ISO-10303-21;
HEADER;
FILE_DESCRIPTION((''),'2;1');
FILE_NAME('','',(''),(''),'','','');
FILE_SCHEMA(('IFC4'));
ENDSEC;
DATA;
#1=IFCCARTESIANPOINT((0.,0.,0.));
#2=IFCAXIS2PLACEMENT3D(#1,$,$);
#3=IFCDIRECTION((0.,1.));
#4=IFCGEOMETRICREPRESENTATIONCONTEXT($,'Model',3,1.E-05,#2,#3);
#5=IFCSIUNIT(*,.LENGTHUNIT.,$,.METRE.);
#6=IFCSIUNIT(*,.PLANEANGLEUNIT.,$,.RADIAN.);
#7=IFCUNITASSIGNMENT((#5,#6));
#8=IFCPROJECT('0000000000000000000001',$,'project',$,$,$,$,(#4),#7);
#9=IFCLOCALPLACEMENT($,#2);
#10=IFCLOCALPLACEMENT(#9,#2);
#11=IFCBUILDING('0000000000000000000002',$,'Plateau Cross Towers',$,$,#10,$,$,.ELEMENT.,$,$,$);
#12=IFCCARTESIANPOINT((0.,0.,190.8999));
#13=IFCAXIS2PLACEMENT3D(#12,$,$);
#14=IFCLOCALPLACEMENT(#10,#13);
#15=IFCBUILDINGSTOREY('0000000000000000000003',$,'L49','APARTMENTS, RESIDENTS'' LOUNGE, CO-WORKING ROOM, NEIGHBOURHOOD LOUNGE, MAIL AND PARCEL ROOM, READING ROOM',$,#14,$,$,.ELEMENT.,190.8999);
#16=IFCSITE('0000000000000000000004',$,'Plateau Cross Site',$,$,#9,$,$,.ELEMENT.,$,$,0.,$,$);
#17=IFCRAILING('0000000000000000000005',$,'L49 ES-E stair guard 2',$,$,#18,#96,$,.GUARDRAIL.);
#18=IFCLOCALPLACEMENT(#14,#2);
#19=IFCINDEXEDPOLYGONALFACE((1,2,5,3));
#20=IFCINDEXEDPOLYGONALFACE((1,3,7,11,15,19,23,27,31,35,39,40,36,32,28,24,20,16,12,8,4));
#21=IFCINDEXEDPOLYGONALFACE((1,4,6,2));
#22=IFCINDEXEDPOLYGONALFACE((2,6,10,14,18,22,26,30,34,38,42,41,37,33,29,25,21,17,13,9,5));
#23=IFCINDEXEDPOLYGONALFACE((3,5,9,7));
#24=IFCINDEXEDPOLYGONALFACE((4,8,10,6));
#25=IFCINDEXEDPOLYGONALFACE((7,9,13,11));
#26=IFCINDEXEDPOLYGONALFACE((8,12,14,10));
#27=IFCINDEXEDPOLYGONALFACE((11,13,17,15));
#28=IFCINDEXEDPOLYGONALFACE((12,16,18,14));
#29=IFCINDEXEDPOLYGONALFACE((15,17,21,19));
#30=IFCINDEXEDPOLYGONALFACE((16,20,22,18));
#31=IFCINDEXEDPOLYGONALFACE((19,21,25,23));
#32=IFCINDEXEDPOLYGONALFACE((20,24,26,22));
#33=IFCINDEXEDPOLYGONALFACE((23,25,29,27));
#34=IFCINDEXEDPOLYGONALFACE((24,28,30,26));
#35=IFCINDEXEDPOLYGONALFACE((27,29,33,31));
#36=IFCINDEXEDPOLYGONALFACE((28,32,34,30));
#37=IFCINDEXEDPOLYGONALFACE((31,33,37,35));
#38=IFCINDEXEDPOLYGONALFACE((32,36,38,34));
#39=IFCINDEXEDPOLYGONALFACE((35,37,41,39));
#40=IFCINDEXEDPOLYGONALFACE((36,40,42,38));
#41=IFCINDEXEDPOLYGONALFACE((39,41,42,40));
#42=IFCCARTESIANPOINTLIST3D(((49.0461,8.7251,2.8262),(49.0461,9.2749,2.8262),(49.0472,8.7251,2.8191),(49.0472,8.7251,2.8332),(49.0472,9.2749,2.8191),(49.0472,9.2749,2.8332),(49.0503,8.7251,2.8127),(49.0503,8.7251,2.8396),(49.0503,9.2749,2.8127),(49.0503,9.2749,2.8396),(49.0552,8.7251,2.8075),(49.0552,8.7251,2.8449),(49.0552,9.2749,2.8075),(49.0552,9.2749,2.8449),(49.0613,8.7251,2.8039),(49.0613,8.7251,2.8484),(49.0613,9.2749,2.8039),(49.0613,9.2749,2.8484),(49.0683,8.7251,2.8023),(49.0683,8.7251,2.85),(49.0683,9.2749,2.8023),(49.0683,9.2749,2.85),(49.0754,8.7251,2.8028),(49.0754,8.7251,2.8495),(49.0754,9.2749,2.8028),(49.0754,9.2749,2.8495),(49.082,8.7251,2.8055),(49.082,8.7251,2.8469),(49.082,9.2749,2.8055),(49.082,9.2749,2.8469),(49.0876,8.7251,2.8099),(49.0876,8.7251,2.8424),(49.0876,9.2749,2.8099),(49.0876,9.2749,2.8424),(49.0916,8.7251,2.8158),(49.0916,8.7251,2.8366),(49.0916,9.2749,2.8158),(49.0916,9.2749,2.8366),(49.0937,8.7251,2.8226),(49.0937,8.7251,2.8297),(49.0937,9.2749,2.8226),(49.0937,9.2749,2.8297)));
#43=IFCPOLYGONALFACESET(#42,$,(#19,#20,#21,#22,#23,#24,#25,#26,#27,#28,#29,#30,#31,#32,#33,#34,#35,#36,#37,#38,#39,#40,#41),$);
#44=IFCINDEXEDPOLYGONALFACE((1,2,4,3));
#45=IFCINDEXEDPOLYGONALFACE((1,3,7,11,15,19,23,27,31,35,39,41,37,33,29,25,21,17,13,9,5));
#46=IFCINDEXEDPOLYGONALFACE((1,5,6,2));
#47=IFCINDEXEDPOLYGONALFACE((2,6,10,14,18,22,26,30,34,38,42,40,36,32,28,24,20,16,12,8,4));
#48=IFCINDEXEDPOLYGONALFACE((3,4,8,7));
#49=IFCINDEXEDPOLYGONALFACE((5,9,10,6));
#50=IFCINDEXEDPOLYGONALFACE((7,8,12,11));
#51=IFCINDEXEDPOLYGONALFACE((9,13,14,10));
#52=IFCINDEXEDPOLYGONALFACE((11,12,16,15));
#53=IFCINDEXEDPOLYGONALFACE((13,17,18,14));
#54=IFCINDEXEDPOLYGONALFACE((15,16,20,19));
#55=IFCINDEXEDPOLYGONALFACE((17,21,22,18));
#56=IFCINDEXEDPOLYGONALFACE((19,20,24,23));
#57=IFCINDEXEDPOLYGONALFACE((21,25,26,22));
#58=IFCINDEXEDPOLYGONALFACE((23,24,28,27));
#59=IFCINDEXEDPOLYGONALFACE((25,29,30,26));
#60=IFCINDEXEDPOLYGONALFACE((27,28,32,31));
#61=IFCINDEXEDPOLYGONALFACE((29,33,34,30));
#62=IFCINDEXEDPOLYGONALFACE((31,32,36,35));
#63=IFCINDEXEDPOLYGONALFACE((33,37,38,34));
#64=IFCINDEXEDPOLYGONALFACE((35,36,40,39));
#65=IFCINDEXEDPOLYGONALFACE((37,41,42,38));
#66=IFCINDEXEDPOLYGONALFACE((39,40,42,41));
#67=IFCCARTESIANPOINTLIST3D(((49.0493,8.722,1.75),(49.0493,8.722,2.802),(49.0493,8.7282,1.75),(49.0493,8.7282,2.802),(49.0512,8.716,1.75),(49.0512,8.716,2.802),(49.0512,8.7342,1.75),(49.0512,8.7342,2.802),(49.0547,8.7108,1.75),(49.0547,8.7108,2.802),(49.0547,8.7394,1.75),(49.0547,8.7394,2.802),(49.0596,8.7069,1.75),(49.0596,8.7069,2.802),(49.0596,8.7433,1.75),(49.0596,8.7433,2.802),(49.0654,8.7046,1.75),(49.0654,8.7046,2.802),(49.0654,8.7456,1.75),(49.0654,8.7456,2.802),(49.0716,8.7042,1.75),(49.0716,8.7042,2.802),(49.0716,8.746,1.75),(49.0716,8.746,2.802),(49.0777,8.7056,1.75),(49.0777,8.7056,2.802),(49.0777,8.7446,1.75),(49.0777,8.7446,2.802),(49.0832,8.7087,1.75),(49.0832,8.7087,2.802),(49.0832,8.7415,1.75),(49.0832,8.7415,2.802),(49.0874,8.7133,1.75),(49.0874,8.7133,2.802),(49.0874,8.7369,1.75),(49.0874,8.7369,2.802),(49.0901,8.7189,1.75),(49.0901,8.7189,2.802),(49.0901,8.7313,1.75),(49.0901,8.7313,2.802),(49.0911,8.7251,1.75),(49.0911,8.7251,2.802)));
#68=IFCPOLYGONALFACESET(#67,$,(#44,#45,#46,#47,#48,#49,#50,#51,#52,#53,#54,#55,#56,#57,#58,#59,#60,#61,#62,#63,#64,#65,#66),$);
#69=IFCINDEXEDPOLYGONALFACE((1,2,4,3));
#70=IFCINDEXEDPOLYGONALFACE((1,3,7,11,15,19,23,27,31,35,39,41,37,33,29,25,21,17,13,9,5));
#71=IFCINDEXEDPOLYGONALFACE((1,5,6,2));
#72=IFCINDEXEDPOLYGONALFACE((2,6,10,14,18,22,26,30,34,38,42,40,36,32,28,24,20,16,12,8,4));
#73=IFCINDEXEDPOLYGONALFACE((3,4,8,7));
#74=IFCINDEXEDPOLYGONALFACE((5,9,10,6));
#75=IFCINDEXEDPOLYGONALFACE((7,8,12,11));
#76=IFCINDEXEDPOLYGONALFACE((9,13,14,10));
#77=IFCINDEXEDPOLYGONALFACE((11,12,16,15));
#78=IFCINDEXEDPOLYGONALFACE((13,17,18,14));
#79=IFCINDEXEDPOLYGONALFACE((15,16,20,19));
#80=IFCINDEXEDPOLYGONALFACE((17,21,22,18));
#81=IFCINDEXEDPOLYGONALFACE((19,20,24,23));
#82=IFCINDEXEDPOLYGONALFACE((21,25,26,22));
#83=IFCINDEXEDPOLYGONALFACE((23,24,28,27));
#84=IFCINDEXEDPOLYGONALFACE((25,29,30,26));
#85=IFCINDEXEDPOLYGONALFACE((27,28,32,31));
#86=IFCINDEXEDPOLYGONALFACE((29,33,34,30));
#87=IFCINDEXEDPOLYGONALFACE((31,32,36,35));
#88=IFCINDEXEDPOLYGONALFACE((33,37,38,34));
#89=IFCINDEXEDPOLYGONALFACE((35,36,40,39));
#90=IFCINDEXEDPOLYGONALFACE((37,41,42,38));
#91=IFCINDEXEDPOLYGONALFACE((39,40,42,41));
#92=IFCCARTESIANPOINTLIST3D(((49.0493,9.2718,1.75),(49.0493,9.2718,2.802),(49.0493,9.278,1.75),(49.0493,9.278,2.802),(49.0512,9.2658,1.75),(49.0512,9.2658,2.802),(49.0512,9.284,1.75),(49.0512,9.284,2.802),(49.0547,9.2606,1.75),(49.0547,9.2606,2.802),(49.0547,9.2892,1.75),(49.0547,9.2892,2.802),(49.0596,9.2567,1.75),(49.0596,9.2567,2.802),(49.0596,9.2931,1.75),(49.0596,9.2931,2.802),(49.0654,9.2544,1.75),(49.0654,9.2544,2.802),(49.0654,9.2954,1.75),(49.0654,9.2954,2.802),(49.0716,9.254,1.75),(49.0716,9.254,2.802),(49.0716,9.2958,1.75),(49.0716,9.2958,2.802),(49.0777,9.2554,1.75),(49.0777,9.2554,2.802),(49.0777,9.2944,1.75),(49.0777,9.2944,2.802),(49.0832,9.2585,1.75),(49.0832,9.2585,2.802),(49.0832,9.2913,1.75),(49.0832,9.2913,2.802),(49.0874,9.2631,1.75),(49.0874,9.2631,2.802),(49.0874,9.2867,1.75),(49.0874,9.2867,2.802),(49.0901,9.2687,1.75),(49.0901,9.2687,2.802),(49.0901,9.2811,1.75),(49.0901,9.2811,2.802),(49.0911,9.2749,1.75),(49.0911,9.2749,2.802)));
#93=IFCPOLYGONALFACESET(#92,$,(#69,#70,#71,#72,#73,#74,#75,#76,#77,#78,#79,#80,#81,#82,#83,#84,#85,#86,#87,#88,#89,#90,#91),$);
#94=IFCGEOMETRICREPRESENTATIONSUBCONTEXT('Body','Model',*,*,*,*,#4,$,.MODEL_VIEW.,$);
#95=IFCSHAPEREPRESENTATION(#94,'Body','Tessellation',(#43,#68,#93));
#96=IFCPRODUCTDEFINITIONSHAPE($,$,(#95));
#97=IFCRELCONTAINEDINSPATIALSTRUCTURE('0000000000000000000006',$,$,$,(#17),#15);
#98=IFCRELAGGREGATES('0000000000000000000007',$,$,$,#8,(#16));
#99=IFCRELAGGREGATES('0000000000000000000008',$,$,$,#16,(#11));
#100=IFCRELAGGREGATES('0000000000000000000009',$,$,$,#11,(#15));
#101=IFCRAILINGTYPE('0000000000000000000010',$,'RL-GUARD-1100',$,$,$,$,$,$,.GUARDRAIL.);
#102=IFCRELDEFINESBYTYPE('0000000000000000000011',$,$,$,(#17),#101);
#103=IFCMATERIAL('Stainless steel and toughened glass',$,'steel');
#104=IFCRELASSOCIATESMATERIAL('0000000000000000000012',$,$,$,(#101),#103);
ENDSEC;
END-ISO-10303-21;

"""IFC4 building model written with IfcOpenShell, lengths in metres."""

from ifc_helpers import new_model, si_unit, direction, frame, origin, origin_2d, place, context, subcontext, project, spatial, circle, extrude, material, type_object, element, save


model = new_model("IFC4")

# Units and contexts
model_context = context("Model", 3, precision=1e-05, world=origin(), true_north=direction((0.0, 1.0)))
body_context = subcontext(model_context, "Body", "Model", "MODEL_VIEW")
ifc_project = project(units=[si_unit("LENGTHUNIT", "METRE"), si_unit("PLANEANGLEUNIT", "RADIAN")], contexts=[model_context])

# Site, building, storey
site_placement = place(None, origin())
site = spatial("IfcSite", under=ifc_project, at=site_placement, Name="Plateau Cross Site", CompositionType="ELEMENT", RefElevation=0.0)
building_placement = place(site_placement, origin())
building = spatial("IfcBuilding", under=site, at=building_placement, Name="Plateau Cross Towers", CompositionType="ELEMENT")
storey_placement = place(building_placement, frame((0.0, 0.0, 190.8999)))
storey = spatial("IfcBuildingStorey", under=building, at=storey_placement, Name="L49", Description="APARTMENTS, RESIDENTS' LOUNGE, CO-WORKING ROOM, NEIGHBOURHOOD LOUNGE, MAIL AND PARCEL ROOM, READING ROOM", CompositionType="ELEMENT", Elevation=190.8999)

# Railing
ifc_material_1 = material(Name="Stainless steel and toughened glass", Category="steel")
railing_type_1 = type_object("IfcRailingType", Name="RL-GUARD-1100", PredefinedType="GUARDRAIL", material=ifc_material_1)
railing_1_placement = place(storey_placement, frame((49.0701, 8.7251, 1.75)))
element("IfcRailing", 1, at=railing_1_placement, inside=storey, type_object=railing_type_1, Name="L49 ES-E stair guard 2", PredefinedType="GUARDRAIL", context=body_context, shape_type="SweptSolid", body=[
    extrude(circle(Radius=0.0239, at=origin_2d()), frame((0.0, 0.0, 1.0762), z_axis=(0.0, 1.0, 0.0), x_axis=(-1.0, 0.0, 0.0)), (0.0, 0.0, 1.0), 0.5498),
    extrude(circle(Radius=0.021, at=origin_2d()), origin(), (0.0, 0.0, 1.0), 1.052),
    extrude(circle(Radius=0.021, at=origin_2d()), frame((0.0, 0.5498, 0.0)), (0.0, 0.0, 1.0), 1.052),
])

save(model, "model.ifc")
